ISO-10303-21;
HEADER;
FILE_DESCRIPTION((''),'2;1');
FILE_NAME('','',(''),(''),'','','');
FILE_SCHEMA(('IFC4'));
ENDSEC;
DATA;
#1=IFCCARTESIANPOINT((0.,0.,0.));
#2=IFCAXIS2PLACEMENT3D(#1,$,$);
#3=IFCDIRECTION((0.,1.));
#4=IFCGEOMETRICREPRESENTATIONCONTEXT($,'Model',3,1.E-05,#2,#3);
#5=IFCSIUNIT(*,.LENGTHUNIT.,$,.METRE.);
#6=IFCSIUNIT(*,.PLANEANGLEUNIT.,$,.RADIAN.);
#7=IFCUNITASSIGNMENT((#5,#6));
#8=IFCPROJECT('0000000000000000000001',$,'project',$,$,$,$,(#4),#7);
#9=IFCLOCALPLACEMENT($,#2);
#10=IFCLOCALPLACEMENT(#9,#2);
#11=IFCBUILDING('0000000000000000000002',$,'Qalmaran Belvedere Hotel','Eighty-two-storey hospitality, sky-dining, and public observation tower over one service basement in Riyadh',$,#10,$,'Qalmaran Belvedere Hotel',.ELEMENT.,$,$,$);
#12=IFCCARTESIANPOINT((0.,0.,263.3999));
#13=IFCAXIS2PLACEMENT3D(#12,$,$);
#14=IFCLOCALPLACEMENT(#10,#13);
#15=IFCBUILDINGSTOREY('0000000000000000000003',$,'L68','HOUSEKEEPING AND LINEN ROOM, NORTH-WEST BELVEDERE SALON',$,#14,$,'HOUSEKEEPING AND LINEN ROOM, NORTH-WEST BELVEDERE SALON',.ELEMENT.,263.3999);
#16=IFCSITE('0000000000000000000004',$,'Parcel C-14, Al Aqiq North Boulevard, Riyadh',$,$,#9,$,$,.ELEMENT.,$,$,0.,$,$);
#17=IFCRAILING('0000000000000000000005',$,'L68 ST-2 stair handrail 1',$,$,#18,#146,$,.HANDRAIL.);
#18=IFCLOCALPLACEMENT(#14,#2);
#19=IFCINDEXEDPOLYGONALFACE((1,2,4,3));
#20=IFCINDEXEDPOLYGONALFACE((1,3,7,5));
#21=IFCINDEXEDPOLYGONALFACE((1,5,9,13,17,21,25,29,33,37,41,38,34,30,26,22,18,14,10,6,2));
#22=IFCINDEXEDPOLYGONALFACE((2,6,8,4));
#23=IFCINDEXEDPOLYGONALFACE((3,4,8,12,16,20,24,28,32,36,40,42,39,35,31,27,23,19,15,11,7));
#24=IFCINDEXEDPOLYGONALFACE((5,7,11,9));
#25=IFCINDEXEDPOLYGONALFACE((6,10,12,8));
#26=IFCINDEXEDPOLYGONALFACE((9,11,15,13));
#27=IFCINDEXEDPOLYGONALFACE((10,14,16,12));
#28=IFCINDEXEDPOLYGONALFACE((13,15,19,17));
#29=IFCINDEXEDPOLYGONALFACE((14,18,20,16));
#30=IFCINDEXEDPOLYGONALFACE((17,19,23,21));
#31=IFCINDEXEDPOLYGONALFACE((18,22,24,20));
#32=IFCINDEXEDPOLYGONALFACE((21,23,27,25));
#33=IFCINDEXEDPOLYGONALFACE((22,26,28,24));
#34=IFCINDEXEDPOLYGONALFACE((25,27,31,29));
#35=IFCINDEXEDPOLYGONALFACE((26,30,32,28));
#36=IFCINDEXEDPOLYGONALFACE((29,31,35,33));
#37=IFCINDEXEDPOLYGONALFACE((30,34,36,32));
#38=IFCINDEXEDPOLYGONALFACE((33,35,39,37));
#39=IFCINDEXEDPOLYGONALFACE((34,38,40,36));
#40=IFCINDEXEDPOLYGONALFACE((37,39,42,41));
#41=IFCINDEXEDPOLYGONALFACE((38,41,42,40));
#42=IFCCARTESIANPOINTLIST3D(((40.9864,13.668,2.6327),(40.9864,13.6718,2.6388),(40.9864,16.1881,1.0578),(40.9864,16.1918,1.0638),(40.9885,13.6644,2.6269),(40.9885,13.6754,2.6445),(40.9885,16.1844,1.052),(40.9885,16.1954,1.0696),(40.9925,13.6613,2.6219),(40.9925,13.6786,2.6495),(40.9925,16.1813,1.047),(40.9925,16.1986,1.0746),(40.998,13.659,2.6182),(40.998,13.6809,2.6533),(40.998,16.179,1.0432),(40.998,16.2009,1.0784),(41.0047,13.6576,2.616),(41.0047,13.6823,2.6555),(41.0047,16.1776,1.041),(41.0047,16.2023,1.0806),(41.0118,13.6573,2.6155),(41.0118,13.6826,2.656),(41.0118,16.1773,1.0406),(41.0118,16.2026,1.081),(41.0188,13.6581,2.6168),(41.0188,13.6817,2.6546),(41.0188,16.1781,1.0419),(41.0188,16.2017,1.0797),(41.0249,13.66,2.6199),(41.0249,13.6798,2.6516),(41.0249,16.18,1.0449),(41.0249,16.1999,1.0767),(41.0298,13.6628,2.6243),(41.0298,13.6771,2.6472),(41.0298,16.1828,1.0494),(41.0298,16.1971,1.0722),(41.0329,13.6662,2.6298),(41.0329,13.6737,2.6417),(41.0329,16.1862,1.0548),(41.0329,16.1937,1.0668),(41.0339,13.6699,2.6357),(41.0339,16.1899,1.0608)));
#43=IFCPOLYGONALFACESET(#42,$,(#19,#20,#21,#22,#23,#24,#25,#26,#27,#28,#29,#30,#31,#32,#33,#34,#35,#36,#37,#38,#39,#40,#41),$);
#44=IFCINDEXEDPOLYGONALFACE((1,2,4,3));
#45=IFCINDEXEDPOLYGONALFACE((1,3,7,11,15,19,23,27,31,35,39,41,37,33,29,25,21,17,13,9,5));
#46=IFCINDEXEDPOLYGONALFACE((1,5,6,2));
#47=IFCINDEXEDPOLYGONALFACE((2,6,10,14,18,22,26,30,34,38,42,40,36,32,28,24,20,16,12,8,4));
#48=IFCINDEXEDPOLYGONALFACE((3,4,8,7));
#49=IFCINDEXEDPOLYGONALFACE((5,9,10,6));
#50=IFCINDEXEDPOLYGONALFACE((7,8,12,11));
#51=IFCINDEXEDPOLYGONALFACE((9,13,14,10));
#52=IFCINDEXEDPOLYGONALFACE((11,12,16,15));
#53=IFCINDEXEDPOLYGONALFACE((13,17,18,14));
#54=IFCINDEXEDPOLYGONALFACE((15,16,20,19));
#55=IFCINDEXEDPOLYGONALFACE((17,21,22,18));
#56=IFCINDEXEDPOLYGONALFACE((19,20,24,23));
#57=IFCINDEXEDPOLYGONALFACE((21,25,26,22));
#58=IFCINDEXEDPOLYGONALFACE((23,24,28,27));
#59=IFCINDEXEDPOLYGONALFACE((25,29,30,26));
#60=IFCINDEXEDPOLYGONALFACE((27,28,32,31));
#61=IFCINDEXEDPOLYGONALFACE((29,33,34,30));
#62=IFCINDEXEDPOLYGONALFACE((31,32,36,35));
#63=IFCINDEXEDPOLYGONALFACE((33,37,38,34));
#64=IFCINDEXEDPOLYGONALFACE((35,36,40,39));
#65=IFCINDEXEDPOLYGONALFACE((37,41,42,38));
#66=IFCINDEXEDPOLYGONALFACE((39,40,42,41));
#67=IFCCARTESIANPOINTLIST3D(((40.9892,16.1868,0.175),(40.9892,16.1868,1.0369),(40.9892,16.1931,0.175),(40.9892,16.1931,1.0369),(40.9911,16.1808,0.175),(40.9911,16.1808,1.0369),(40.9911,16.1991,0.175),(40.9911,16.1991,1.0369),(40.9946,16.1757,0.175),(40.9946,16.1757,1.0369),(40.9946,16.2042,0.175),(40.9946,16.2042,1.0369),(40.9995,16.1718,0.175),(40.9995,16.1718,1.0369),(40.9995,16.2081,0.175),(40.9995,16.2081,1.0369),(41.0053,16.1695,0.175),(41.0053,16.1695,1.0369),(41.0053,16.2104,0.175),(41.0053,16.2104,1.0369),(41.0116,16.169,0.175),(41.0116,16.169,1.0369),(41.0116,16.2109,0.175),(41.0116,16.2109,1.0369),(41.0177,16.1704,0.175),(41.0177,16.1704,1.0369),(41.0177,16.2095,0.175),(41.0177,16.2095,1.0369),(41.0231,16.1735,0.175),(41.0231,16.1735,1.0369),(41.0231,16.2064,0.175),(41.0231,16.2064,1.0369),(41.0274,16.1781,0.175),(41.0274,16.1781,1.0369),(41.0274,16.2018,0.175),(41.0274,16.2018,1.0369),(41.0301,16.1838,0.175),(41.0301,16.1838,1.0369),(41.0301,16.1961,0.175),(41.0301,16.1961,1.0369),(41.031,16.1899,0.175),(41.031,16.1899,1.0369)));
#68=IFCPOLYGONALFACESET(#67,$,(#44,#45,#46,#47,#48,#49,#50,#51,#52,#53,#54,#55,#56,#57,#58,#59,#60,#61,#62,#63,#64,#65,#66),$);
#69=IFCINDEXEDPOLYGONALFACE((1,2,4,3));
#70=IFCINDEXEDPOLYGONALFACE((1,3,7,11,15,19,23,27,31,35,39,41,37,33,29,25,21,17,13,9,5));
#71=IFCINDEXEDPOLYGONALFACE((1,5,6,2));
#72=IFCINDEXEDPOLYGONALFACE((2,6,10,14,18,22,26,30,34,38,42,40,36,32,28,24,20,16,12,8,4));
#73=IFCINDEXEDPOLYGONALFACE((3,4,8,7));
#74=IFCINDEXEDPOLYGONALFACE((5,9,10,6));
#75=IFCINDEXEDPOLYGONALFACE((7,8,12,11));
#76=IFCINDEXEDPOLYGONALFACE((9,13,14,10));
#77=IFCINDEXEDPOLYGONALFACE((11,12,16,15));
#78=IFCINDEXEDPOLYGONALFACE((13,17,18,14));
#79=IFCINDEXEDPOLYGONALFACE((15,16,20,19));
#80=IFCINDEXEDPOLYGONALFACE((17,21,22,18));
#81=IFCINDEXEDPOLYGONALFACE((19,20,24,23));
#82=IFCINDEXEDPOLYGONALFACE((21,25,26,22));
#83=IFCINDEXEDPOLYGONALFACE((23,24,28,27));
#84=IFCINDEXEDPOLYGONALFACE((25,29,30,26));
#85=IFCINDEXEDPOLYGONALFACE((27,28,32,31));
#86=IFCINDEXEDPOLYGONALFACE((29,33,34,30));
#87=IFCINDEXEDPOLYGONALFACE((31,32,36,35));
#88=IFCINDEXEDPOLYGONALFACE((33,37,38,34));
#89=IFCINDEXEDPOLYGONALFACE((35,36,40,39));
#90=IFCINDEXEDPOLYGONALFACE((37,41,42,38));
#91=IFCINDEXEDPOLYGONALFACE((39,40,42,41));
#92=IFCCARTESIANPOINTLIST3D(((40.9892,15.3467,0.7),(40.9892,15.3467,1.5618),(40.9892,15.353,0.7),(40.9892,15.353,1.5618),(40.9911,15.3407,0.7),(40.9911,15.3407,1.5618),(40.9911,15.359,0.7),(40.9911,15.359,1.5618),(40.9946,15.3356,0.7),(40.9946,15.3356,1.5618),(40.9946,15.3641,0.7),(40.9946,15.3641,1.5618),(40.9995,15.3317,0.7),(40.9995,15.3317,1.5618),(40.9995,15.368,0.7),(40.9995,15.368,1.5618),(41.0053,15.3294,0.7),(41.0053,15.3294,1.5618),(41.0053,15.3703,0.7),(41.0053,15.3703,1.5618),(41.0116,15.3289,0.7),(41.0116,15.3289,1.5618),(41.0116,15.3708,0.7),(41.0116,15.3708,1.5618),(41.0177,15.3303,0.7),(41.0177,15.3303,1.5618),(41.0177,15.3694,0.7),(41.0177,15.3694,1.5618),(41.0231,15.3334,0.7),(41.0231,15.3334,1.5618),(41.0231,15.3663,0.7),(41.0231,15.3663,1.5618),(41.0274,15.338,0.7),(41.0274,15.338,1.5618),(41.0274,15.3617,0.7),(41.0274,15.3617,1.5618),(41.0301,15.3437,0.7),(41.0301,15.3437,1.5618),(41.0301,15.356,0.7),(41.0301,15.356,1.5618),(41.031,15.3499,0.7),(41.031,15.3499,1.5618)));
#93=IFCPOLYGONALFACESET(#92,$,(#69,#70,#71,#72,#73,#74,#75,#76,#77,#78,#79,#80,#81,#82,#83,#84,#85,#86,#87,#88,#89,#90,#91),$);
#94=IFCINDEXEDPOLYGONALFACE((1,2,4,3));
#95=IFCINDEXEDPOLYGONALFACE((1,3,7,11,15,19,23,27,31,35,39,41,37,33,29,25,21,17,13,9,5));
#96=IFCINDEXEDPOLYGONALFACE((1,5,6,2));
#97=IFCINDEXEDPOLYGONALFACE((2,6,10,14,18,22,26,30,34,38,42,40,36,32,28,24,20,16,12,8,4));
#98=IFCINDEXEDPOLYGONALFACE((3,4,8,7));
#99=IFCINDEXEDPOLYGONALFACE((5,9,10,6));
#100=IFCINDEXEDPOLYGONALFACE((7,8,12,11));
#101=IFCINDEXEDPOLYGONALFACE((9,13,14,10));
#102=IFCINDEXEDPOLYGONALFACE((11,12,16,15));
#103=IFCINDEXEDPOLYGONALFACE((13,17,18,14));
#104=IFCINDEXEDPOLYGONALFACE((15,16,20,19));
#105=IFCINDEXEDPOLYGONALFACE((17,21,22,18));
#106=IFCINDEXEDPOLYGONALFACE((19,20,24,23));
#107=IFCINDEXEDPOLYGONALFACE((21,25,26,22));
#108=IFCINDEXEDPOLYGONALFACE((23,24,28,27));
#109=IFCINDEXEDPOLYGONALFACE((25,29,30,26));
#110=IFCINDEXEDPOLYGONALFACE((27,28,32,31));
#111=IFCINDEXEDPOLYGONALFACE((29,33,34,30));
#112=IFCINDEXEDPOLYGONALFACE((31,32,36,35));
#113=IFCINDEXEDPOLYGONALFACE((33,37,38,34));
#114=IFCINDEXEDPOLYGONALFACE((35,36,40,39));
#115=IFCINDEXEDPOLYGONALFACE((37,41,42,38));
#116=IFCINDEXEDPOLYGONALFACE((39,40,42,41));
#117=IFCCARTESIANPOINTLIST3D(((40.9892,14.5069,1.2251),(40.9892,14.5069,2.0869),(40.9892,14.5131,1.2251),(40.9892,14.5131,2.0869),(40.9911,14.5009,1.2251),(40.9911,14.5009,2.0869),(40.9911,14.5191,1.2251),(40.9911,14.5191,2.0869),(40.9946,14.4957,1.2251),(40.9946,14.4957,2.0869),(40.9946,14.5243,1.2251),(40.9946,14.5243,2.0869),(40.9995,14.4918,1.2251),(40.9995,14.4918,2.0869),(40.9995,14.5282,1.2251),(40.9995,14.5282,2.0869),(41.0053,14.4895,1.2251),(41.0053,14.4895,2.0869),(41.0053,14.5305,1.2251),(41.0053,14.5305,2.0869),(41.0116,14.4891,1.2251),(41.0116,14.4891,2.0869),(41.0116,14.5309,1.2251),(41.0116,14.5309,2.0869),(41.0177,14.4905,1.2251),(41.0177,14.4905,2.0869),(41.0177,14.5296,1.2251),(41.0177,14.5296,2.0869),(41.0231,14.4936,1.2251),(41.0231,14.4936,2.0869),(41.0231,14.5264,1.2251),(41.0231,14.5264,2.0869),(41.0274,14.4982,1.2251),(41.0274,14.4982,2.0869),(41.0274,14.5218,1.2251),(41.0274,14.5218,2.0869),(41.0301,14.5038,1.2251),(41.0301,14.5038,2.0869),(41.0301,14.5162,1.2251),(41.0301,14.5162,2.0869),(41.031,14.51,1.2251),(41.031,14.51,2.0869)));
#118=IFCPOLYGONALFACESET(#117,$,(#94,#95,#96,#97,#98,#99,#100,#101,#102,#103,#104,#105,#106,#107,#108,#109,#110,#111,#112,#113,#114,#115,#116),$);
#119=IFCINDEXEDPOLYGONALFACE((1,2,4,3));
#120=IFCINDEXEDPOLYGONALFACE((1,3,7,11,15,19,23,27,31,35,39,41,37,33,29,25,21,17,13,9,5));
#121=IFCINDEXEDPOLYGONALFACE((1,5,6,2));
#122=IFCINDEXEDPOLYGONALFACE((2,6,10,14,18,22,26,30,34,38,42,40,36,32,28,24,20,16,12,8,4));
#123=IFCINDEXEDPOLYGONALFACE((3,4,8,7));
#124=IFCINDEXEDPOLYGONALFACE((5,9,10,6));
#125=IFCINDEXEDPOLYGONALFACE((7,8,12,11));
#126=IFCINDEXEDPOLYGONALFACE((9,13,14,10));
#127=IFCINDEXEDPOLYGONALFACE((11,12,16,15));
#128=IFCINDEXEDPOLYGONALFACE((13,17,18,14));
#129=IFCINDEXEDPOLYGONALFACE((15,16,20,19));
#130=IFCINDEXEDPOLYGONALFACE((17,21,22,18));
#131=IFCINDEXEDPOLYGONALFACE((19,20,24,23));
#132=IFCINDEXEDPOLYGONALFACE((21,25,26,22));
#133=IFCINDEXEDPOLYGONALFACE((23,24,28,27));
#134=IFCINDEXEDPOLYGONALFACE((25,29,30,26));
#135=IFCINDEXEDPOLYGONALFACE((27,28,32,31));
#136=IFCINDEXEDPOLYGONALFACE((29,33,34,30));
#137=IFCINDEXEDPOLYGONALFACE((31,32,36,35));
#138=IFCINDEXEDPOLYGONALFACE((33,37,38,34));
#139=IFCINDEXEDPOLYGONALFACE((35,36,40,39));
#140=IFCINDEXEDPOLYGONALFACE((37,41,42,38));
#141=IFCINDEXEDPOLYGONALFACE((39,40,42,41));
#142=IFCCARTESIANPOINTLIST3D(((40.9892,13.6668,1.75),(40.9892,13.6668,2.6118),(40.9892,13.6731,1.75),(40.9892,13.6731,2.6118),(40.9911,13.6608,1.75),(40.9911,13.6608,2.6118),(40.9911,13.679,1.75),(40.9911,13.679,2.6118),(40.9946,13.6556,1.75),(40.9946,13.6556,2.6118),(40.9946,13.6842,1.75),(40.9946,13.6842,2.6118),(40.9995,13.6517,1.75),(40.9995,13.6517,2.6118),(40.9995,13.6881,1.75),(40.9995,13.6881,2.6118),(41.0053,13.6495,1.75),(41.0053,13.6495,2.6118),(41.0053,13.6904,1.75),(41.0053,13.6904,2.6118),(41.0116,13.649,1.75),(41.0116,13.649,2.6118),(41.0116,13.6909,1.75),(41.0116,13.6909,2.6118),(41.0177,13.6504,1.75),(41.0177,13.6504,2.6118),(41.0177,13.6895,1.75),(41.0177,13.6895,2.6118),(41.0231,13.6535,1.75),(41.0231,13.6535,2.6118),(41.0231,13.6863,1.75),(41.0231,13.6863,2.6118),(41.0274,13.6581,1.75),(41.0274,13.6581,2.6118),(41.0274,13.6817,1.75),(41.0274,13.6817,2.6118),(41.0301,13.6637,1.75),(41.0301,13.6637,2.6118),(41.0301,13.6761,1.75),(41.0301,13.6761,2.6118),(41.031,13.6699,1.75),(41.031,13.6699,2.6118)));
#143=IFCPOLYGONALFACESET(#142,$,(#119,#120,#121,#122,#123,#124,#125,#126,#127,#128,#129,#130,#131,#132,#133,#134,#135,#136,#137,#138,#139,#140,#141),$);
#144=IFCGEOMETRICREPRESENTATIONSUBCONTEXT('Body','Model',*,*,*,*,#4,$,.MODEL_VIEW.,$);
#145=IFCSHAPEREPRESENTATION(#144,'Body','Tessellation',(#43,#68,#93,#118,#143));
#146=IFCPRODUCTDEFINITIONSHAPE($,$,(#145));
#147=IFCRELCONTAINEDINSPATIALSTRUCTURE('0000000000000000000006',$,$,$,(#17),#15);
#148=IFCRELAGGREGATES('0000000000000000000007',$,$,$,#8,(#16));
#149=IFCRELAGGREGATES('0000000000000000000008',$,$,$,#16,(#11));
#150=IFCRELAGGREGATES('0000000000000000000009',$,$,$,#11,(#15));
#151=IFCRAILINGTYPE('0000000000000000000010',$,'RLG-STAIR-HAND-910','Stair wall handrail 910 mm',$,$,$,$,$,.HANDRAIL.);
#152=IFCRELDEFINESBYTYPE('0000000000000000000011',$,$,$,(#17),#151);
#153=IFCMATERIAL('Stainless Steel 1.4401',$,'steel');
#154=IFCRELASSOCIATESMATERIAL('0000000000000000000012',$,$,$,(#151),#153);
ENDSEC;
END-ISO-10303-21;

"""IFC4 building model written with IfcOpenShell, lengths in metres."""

from ifc_helpers import new_model, si_unit, direction, frame, origin, origin_2d, place, context, subcontext, project, spatial, circle, extrude, material, type_object, element, save


model = new_model("IFC4")

# Units and contexts
model_context = context("Model", 3, precision=1e-05, world=origin(), true_north=direction((0.0, 1.0)))
body_context = subcontext(model_context, "Body", "Model", "MODEL_VIEW")
ifc_project = project(units=[si_unit("LENGTHUNIT", "METRE"), si_unit("PLANEANGLEUNIT", "RADIAN")], contexts=[model_context])

# Site, building, storey
site_placement = place(None, origin())
site = spatial("IfcSite", under=ifc_project, at=site_placement, Name="Parcel C-14, Al Aqiq North Boulevard, Riyadh", CompositionType="ELEMENT", RefElevation=0.0)
building_placement = place(site_placement, origin())
building = spatial("IfcBuilding", under=site, at=building_placement, Name="Qalmaran Belvedere Hotel", Description="Eighty-two-storey hospitality, sky-dining, and public observation tower over one service basement in Riyadh", LongName="Qalmaran Belvedere Hotel", CompositionType="ELEMENT")
storey_placement = place(building_placement, frame((0.0, 0.0, 263.3999)))
storey = spatial("IfcBuildingStorey", under=building, at=storey_placement, Name="L68", Description="HOUSEKEEPING AND LINEN ROOM, NORTH-WEST BELVEDERE SALON", LongName="HOUSEKEEPING AND LINEN ROOM, NORTH-WEST BELVEDERE SALON", CompositionType="ELEMENT", Elevation=263.3999)

# Shared definitions
ifc_material_1 = material(Name="Stainless Steel 1.4401", Category="steel")

# Railing
railing_type = type_object("IfcRailingType", Name="RLG-STAIR-HAND-910", Description="Stair wall handrail 910 mm", PredefinedType="HANDRAIL", material=ifc_material_1)
railing_placement = place(storey_placement, frame((41.01, 16.1899, 0.175)))
element("IfcRailing", 1, at=railing_placement, inside=storey, type_object=railing_type, Name="L68 ST-2 stair handrail 1", PredefinedType="HANDRAIL", context=body_context, shape_type="SweptSolid", body=[
    extrude(circle(Radius=0.0239, at=origin_2d()), frame((0.0, 0.0, 0.8857), z_axis=(0.0, -0.848008, 0.529984), x_axis=(1.0, 0.0, 0.0)), (0.0, 0.0, 1.0), 2.9717),
    extrude(circle(Radius=0.021, at=origin_2d()), origin(), (0.0, 0.0, 1.0), 0.8618),
    extrude(circle(Radius=0.021, at=origin_2d()), frame((0.0, -0.8401, 0.5249)), (0.0, 0.0, 1.0), 0.8618),
    extrude(circle(Radius=0.021, at=origin_2d()), frame((0.0, -1.6799, 1.05)), (0.0, 0.0, 1.0), 0.8618),
    extrude(circle(Radius=0.021, at=origin_2d()), frame((0.0, -2.52, 1.575)), (0.0, 0.0, 1.0), 0.8618),
])

save(model, "model.ifc")
